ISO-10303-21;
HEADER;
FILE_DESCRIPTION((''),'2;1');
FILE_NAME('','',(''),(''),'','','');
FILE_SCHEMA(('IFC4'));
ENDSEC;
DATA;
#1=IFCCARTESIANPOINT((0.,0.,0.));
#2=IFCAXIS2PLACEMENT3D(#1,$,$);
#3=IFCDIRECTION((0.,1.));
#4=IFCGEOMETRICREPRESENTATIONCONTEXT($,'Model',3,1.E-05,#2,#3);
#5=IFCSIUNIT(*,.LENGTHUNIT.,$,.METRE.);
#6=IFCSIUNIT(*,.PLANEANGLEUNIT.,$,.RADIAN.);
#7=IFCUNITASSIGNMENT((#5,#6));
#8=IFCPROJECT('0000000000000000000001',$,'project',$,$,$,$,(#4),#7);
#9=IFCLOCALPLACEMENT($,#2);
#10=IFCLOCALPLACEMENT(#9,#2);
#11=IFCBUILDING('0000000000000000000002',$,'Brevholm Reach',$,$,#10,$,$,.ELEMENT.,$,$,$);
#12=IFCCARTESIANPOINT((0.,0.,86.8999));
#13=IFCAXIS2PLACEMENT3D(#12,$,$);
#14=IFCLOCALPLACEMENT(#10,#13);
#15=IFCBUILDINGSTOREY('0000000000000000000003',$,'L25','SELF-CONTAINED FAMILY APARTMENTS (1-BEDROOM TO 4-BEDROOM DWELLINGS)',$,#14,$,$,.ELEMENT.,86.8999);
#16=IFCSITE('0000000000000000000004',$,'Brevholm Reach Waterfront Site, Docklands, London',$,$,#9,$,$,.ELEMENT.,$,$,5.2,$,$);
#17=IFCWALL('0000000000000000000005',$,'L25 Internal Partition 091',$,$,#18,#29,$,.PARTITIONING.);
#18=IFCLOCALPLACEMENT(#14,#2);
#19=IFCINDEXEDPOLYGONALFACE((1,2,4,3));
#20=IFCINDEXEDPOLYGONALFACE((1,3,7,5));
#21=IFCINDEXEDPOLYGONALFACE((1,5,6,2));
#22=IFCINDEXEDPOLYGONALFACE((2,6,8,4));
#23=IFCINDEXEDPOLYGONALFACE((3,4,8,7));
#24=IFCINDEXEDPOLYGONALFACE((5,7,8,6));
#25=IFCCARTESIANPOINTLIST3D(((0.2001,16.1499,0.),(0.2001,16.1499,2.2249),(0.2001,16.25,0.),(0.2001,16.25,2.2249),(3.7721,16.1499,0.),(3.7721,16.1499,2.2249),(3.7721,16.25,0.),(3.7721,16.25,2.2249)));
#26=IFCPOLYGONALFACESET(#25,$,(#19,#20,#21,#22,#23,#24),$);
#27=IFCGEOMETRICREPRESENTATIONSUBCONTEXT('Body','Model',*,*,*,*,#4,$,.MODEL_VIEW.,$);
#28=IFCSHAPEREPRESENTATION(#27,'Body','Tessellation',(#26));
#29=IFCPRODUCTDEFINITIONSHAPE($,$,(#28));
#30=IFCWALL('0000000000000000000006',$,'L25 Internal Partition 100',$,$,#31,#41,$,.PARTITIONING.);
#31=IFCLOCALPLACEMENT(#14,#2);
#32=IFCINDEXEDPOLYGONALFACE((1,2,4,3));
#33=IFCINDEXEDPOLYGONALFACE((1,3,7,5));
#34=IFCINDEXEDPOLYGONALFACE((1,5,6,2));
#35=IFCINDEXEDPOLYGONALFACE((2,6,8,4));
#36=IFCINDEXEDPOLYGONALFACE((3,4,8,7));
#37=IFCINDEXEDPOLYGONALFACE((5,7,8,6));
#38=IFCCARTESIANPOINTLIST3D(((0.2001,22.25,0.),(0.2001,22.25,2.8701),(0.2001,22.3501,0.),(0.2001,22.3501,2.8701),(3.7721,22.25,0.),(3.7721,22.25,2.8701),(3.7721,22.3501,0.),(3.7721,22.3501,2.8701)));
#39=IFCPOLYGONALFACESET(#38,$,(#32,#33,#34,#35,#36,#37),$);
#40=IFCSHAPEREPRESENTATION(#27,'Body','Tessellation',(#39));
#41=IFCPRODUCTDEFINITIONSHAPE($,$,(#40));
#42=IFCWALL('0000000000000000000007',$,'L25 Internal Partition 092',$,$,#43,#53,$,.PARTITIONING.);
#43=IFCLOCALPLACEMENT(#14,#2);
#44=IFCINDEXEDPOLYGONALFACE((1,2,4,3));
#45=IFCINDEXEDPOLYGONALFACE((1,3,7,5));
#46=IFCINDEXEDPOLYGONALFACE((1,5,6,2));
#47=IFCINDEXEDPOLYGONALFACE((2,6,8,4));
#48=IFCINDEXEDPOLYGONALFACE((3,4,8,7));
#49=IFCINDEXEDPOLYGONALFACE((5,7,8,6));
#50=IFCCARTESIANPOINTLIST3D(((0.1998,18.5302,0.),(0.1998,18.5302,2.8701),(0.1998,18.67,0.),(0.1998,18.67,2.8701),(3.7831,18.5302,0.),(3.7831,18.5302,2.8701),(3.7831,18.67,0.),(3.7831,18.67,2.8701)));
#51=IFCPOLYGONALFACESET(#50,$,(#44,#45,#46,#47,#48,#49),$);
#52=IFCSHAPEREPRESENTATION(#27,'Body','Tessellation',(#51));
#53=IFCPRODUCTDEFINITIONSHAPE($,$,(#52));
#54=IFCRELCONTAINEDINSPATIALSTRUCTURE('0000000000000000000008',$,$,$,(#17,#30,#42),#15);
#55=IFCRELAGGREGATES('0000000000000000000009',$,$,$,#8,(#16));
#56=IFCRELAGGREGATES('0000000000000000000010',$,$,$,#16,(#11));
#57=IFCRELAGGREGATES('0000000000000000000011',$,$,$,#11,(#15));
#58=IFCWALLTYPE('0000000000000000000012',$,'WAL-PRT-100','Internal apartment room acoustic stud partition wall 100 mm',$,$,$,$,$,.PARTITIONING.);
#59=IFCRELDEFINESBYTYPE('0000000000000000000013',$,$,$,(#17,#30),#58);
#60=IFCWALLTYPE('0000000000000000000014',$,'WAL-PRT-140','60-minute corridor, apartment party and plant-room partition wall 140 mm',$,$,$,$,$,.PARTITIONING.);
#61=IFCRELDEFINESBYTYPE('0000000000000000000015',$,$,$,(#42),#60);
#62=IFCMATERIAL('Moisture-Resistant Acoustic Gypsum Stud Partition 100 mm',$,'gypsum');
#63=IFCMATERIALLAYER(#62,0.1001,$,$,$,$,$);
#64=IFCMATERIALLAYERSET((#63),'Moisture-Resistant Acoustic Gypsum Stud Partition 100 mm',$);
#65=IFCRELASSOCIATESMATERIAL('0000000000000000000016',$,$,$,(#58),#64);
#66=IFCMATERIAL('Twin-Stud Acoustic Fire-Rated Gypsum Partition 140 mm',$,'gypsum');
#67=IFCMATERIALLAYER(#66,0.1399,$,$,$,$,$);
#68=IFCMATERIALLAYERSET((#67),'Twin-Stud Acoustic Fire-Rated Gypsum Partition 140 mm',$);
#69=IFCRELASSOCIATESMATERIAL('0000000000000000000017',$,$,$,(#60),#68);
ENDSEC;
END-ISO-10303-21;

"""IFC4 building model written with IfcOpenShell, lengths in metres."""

from ifc_helpers import new_model, si_unit, direction, frame, frame_2d, origin, place, context, subcontext, project, spatial, rectangle, extrude, material, layer, layer_set, type_object, element, save


model = new_model("IFC4")

# Units and contexts
model_context = context("Model", 3, precision=1e-05, world=origin(), true_north=direction((0.0, 1.0)))
body_context = subcontext(model_context, "Body", "Model", "MODEL_VIEW")
ifc_project = project(units=[si_unit("LENGTHUNIT", "METRE"), si_unit("PLANEANGLEUNIT", "RADIAN")], contexts=[model_context])

# Site, building, storey
site_placement = place(None, origin())
site = spatial("IfcSite", under=ifc_project, at=site_placement, Name="Brevholm Reach Waterfront Site, Docklands, London", CompositionType="ELEMENT", RefElevation=5.2)
building_placement = place(site_placement, origin())
building = spatial("IfcBuilding", under=site, at=building_placement, Name="Brevholm Reach", CompositionType="ELEMENT")
storey_placement = place(building_placement, frame((0.0, 0.0, 86.8999)))
storey = spatial("IfcBuildingStorey", under=building, at=storey_placement, Name="L25", Description="SELF-CONTAINED FAMILY APARTMENTS (1-BEDROOM TO 4-BEDROOM DWELLINGS)", CompositionType="ELEMENT", Elevation=86.8999)

# Walls
ifc_material_1 = material(Name="Moisture-Resistant Acoustic Gypsum Stud Partition 100 mm", Category="gypsum")
ifc_layer_1 = layer(ifc_material_1, 0.1001)
ifc_layer_set_1 = layer_set([ifc_layer_1], Name="Moisture-Resistant Acoustic Gypsum Stud Partition 100 mm")
wall_type_1 = type_object("IfcWallType", Name="WAL-PRT-100", Description="Internal apartment room acoustic stud partition wall 100 mm", PredefinedType="PARTITIONING", material=ifc_layer_set_1)
wall_1_placement = place(storey_placement, frame((0.2, 16.2, 0.0), z_axis=(0.0, 0.0, 1.0), x_axis=(1.0, 0.0, 0.0)))
element("IfcWall", 1, at=wall_1_placement, inside=storey, type_object=wall_type_1, Name="L25 Internal Partition 091", PredefinedType="PARTITIONING", context=body_context, shape_type="SweptSolid", body=[
    extrude(rectangle(XDim=3.572, YDim=0.1001, at=frame_2d((1.7861, 0.0))), origin(), (0.0, 0.0, 1.0), 2.2249),
])
wall_2_placement = place(storey_placement, frame((0.2, 22.3, 0.0), z_axis=(0.0, 0.0, 1.0), x_axis=(1.0, 0.0, 0.0)))
element("IfcWall", 2, at=wall_2_placement, inside=storey, type_object=wall_type_1, Name="L25 Internal Partition 100", PredefinedType="PARTITIONING", context=body_context, shape_type="SweptSolid", body=[
    extrude(rectangle(XDim=3.572, YDim=0.1001, at=frame_2d((1.7861, 0.0))), origin(), (0.0, 0.0, 1.0), 2.8701),
])
ifc_material_2 = material(Name="Twin-Stud Acoustic Fire-Rated Gypsum Partition 140 mm", Category="gypsum")
ifc_layer_2 = layer(ifc_material_2, 0.1399)
ifc_layer_set_2 = layer_set([ifc_layer_2], Name="Twin-Stud Acoustic Fire-Rated Gypsum Partition 140 mm")
wall_type_2 = type_object("IfcWallType", Name="WAL-PRT-140", Description="60-minute corridor, apartment party and plant-room partition wall 140 mm", PredefinedType="PARTITIONING", material=ifc_layer_set_2)
wall_3_placement = place(storey_placement, frame((0.2, 18.6001, 0.0), z_axis=(0.0, 0.0, 1.0), x_axis=(1.0, 0.0, 0.0)))
element("IfcWall", 3, at=wall_3_placement, inside=storey, type_object=wall_type_2, Name="L25 Internal Partition 092", PredefinedType="PARTITIONING", context=body_context, shape_type="SweptSolid", body=[
    extrude(rectangle(XDim=3.5833, YDim=0.1399, at=frame_2d((1.7915, 0.0))), origin(), (0.0, 0.0, 1.0), 2.8701),
])

save(model, "model.ifc")
